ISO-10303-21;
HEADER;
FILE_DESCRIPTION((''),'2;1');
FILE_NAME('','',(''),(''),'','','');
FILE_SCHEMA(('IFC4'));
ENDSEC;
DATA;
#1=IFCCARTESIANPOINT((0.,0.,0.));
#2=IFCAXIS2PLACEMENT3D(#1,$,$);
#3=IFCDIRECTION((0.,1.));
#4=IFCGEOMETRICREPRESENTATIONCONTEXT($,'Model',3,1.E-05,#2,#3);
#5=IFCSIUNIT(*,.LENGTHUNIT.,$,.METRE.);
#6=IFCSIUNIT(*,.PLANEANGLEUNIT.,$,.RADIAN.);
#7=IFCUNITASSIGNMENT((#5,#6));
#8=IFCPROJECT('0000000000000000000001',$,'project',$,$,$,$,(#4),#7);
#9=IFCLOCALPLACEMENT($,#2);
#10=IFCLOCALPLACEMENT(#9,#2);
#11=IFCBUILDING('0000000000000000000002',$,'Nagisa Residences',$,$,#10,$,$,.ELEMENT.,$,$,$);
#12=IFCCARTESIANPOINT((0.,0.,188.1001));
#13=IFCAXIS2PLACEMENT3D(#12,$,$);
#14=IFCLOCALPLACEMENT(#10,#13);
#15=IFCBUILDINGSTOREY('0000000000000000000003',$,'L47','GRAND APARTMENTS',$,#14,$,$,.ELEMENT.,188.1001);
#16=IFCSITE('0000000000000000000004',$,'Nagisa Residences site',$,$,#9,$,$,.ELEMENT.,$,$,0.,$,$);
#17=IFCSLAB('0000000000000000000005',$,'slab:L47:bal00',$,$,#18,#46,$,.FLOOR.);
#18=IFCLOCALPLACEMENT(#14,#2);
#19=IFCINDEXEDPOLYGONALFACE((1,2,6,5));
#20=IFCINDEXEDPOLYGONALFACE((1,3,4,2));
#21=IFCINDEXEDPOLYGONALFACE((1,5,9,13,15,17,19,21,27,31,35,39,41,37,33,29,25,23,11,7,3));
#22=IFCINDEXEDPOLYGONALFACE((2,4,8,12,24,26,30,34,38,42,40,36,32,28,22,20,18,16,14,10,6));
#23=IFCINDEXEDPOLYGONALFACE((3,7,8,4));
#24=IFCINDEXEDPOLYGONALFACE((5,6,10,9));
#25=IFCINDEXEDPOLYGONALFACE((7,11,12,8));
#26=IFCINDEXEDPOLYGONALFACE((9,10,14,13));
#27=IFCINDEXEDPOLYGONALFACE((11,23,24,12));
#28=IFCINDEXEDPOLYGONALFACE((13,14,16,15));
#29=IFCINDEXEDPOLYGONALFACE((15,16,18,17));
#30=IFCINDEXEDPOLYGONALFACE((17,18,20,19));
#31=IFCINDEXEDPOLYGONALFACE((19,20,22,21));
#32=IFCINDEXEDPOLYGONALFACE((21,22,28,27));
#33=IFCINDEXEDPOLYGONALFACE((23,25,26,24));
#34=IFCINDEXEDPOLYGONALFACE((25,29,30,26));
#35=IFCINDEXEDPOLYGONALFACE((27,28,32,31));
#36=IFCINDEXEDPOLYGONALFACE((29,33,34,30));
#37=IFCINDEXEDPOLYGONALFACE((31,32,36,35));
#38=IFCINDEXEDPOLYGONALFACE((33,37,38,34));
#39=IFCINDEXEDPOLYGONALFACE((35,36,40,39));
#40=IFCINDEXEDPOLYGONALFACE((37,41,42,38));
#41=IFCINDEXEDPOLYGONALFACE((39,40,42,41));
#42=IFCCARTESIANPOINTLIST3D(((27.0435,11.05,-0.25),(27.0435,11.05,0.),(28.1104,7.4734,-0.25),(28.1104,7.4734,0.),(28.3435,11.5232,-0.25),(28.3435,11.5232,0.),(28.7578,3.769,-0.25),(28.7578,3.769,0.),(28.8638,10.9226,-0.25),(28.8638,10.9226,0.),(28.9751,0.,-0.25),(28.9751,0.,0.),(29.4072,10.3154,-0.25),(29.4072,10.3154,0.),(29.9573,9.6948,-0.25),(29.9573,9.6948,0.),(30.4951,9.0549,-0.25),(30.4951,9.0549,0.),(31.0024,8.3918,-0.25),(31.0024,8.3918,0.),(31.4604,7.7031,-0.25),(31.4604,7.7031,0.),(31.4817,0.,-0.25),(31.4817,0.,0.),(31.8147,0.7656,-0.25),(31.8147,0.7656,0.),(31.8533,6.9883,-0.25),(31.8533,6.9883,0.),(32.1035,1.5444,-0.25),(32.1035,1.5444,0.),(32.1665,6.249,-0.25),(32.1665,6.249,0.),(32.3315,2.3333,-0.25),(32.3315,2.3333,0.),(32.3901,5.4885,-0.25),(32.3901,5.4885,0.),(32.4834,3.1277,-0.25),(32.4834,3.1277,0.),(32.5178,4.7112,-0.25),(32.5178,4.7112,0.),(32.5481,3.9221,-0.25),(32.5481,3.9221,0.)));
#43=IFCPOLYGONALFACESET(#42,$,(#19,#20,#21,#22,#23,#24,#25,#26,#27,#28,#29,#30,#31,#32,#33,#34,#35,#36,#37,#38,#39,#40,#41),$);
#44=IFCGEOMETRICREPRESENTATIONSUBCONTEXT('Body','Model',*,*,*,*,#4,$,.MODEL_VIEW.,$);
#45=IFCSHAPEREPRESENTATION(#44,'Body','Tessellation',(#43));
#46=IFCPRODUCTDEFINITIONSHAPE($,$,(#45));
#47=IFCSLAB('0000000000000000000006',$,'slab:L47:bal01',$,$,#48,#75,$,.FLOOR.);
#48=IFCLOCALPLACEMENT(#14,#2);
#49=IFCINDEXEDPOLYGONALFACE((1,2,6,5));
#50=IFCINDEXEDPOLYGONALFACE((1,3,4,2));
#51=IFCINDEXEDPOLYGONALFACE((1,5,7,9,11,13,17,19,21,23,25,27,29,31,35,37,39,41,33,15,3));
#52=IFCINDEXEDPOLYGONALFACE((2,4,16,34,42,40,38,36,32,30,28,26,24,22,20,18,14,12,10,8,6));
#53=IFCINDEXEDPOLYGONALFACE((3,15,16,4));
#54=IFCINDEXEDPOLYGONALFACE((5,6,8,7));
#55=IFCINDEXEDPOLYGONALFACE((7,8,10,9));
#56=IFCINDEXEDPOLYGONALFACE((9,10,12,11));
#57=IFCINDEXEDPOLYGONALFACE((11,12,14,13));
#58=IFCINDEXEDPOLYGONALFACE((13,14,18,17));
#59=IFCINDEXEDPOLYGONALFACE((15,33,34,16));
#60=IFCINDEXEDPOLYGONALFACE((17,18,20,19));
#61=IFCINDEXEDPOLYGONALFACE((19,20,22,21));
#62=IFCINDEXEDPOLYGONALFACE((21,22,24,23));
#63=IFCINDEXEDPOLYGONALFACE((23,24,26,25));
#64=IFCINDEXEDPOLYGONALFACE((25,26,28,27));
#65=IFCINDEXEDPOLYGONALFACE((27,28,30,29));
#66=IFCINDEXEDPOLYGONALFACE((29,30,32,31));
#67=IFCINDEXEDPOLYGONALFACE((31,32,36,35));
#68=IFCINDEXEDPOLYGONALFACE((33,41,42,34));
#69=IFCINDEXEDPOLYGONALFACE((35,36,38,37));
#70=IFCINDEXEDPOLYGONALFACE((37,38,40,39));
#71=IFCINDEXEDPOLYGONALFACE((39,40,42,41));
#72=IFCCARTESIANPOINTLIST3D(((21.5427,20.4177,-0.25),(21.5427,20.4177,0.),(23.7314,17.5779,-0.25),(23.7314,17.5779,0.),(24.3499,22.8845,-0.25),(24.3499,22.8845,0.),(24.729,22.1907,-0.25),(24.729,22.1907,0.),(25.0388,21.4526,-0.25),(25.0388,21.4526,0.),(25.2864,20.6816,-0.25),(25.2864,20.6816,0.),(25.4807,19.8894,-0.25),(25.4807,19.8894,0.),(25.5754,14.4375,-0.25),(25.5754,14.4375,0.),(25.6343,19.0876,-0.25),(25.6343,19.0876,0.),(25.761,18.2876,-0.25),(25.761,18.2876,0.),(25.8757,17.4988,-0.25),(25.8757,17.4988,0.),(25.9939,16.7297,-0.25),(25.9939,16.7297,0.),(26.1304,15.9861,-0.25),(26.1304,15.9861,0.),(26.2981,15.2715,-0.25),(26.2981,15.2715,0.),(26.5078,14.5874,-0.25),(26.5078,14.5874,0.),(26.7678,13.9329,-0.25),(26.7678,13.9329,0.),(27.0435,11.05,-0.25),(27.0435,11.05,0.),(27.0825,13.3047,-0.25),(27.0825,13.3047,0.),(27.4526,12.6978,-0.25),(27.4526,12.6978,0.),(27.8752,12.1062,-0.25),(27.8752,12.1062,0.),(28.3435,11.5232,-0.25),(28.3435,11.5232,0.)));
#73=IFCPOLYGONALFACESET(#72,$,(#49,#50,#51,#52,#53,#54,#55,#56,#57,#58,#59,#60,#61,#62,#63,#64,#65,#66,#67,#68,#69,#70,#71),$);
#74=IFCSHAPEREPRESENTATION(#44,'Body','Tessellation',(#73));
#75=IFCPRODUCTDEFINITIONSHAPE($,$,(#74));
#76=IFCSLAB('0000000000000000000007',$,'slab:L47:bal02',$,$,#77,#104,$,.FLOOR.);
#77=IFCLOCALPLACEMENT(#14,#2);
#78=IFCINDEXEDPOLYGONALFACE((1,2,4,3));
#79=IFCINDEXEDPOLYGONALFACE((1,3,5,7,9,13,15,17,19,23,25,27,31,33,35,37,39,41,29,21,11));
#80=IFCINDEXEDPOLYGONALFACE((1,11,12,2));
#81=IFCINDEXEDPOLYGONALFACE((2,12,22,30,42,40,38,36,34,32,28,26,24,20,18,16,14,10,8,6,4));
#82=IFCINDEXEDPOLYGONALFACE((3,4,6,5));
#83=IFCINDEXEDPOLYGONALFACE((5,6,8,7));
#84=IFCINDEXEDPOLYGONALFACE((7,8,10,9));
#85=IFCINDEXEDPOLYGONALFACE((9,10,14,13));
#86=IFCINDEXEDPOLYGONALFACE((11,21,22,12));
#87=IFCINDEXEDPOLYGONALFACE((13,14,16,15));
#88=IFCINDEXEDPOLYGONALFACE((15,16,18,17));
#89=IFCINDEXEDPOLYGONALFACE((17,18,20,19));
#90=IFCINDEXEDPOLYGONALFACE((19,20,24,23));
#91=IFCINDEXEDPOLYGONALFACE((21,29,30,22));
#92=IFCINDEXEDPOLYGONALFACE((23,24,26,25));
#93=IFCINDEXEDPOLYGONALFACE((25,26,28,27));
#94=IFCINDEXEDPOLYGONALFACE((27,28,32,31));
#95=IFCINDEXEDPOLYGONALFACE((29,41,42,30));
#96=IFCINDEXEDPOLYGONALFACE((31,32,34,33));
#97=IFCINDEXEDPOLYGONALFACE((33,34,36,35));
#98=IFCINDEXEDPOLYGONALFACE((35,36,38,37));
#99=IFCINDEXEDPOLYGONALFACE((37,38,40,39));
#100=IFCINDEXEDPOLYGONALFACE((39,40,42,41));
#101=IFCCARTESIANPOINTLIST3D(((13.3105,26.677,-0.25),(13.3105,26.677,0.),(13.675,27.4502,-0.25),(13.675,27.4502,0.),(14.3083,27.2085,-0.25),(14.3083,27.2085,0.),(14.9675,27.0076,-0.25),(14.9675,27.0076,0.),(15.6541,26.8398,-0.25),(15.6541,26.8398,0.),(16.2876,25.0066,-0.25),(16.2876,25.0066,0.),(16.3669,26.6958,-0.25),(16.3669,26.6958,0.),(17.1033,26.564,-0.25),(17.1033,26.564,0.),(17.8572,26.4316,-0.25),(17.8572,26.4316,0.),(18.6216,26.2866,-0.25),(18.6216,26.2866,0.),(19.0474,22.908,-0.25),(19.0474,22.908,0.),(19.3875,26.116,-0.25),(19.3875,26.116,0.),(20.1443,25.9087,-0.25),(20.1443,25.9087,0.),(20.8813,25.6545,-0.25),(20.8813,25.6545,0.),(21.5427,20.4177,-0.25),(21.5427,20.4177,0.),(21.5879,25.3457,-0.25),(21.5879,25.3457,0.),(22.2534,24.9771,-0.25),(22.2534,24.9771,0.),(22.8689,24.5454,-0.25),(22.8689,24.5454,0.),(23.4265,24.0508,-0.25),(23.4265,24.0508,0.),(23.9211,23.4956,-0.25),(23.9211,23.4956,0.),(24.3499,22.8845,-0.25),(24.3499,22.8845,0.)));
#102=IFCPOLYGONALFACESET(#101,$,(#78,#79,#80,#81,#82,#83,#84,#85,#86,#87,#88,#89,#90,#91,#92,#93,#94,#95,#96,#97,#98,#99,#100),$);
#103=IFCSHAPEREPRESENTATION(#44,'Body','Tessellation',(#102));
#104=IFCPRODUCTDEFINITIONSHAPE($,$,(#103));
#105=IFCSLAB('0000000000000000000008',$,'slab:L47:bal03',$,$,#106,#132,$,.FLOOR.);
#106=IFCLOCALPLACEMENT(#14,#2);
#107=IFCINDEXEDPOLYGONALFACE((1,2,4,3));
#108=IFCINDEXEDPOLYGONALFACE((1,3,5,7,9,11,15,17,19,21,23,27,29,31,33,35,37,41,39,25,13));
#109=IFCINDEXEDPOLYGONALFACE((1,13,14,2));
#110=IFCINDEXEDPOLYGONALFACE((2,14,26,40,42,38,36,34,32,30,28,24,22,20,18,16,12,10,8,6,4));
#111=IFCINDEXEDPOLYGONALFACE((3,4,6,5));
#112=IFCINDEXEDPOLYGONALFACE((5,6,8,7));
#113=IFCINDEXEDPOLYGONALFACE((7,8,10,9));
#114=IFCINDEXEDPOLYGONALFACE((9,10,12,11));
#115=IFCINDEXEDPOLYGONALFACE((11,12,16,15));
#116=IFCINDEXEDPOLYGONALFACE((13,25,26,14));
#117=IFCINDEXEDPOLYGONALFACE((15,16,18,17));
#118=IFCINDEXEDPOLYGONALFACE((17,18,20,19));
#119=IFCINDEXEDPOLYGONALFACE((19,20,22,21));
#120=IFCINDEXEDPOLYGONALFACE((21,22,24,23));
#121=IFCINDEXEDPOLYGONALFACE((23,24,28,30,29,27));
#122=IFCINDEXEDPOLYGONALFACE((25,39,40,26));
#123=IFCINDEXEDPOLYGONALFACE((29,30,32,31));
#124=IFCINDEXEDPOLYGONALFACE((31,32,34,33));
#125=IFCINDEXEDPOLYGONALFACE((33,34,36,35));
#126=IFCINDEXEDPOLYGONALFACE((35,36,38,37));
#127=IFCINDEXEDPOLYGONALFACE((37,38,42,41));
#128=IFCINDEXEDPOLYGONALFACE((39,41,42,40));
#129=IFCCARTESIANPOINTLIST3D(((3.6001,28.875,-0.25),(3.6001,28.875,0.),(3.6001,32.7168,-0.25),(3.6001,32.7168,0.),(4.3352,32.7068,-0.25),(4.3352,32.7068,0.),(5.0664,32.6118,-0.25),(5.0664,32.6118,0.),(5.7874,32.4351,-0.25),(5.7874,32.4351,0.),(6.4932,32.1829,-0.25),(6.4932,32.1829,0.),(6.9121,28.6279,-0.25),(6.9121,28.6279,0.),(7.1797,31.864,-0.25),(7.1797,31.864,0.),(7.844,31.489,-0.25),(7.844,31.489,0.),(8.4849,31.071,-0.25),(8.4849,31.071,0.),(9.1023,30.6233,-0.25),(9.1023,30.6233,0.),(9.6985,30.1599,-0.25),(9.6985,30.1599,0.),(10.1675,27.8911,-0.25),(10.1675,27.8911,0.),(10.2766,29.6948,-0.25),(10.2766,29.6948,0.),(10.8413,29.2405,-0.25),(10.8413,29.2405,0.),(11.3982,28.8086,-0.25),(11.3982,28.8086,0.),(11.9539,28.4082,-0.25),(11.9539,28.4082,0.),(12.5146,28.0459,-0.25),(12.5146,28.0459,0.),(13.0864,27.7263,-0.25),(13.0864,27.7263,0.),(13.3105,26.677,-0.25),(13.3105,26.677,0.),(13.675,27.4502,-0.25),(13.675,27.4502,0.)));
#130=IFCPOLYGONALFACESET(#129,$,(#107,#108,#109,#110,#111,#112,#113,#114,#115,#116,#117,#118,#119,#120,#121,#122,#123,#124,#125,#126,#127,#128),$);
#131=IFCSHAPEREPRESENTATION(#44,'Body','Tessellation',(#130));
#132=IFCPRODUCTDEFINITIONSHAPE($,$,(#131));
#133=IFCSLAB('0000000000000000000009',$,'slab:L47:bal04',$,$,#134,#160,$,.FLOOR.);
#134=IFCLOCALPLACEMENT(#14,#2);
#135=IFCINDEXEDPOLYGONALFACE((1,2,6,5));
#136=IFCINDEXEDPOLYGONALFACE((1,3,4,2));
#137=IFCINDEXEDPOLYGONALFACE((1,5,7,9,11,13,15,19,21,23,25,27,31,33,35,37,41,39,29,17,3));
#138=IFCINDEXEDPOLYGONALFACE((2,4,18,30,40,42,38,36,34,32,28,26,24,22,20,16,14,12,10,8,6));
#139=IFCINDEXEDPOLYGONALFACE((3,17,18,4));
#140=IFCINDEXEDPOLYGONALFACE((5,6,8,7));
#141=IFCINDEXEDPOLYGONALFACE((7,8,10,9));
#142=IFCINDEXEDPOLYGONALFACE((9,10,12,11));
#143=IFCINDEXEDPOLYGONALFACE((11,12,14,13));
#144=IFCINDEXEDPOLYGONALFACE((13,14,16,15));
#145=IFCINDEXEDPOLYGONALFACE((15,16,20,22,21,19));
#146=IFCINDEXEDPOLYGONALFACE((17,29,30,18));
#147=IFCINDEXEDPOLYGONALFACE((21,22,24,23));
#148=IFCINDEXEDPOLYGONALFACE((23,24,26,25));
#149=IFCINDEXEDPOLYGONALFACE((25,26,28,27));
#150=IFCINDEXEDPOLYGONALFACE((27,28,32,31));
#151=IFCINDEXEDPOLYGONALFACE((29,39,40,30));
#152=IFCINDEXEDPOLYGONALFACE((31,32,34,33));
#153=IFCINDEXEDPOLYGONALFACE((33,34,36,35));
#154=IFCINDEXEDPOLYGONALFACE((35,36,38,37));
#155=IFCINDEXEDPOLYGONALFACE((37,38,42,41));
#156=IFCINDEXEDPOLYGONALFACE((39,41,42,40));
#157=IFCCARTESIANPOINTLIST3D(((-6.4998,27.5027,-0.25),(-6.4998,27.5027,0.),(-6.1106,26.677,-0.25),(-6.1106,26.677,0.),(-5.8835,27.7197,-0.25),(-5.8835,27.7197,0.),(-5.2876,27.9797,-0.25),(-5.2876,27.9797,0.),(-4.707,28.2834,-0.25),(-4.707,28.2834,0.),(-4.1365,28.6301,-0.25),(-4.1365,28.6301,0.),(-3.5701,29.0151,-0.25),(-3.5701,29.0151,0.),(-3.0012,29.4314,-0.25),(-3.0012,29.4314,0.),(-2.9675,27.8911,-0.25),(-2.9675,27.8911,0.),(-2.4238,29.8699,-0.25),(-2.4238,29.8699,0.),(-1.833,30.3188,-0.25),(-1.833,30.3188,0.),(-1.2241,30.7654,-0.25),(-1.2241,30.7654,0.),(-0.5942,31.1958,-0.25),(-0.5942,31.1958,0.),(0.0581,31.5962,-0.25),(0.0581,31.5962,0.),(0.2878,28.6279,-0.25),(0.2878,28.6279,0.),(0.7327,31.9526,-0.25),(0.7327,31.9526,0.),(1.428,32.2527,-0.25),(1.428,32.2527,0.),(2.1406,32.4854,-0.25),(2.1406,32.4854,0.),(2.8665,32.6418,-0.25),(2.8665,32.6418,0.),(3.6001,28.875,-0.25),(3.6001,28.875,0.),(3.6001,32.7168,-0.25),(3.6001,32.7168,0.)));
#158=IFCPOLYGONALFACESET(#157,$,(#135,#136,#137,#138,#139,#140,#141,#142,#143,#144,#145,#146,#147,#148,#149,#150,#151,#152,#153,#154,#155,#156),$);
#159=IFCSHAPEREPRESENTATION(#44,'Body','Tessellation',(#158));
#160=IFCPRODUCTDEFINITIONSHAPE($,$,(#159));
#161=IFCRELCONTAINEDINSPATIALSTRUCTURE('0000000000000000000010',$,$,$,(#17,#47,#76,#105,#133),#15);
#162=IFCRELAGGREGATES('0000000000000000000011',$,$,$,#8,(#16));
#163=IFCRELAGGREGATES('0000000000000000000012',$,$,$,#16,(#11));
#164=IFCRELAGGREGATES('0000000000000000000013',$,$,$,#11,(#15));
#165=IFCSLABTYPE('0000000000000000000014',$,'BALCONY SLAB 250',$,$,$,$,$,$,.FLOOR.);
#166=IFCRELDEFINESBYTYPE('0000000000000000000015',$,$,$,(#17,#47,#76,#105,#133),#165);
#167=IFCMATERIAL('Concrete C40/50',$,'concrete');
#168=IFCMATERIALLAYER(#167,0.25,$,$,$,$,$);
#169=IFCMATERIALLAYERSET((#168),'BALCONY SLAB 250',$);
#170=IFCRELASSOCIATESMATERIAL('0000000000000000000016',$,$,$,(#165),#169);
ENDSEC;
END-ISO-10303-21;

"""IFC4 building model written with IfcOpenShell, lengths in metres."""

from ifc_helpers import new_model, si_unit, direction, frame, origin, place, context, subcontext, project, spatial, polyline, outline, extrude, material, layer, layer_set, type_object, element, save


model = new_model("IFC4")

# Units and contexts
model_context = context("Model", 3, precision=1e-05, world=origin(), true_north=direction((0.0, 1.0)))
body_context = subcontext(model_context, "Body", "Model", "MODEL_VIEW")
ifc_project = project(units=[si_unit("LENGTHUNIT", "METRE"), si_unit("PLANEANGLEUNIT", "RADIAN")], contexts=[model_context])

# Site, building, storey
site_placement = place(None, origin())
site = spatial("IfcSite", under=ifc_project, at=site_placement, Name="Nagisa Residences site", CompositionType="ELEMENT", RefElevation=0.0)
building_placement = place(site_placement, origin())
building = spatial("IfcBuilding", under=site, at=building_placement, Name="Nagisa Residences", CompositionType="ELEMENT")
storey_placement = place(building_placement, frame((0.0, 0.0, 188.1001)))
storey = spatial("IfcBuildingStorey", under=building, at=storey_placement, Name="L47", Description="GRAND APARTMENTS", CompositionType="ELEMENT", Elevation=188.1001)

# Slabs
ifc_material_1 = material(Name="Concrete C40/50", Category="concrete")
ifc_layer_1 = layer(ifc_material_1, 0.25)
ifc_layer_set_1 = layer_set([ifc_layer_1], Name="BALCONY SLAB 250")
slab_type_1 = type_object("IfcSlabType", Name="BALCONY SLAB 250", PredefinedType="FLOOR", material=ifc_layer_set_1)
slab_1_placement = place(storey_placement, frame((0.0, 0.0, -0.25)))
element("IfcSlab", 1, at=slab_1_placement, inside=storey, type_object=slab_type_1, Name="slab:L47:bal00", PredefinedType="FLOOR", context=body_context, shape_type="SweptSolid", body=[
    extrude(outline(polyline([(31.4817, 0.0), (31.8147, 0.7656), (32.1035, 1.5444), (32.3315, 2.3333), (32.4834, 3.1277), (32.5481, 3.9221), (32.5178, 4.7112), (32.3901, 5.4885), (32.1665, 6.249), (31.8533, 6.9883), (31.4604, 7.7031), (31.0024, 8.3918), (30.4951, 9.0549), (29.9573, 9.6948), (29.4072, 10.3154), (28.8638, 10.9226), (28.3435, 11.5232), (27.0435, 11.05), (28.1104, 7.4734), (28.7578, 3.769), (28.9751, 0.0), (31.4817, 0.0)])), origin(), (0.0, 0.0, 1.0), 0.25),
])
slab_2_placement = place(storey_placement, frame((0.0, 0.0, -0.25)))
element("IfcSlab", 2, at=slab_2_placement, inside=storey, type_object=slab_type_1, Name="slab:L47:bal01", PredefinedType="FLOOR", context=body_context, shape_type="SweptSolid", body=[
    extrude(outline(polyline([(28.3435, 11.5232), (27.8752, 12.1062), (27.4526, 12.6978), (27.0825, 13.3047), (26.7678, 13.9329), (26.5078, 14.5874), (26.2981, 15.2715), (26.1304, 15.9861), (25.9939, 16.7297), (25.8757, 17.4988), (25.761, 18.2876), (25.6343, 19.0876), (25.4807, 19.8894), (25.2864, 20.6816), (25.0388, 21.4526), (24.729, 22.1907), (24.3499, 22.8845), (21.5427, 20.4177), (23.7314, 17.5779), (25.5754, 14.4375), (27.0435, 11.05), (28.3435, 11.5232)])), origin(), (0.0, 0.0, 1.0), 0.25),
])
slab_3_placement = place(storey_placement, frame((0.0, 0.0, -0.25)))
element("IfcSlab", 3, at=slab_3_placement, inside=storey, type_object=slab_type_1, Name="slab:L47:bal02", PredefinedType="FLOOR", context=body_context, shape_type="SweptSolid", body=[
    extrude(outline(polyline([(24.3499, 22.8845), (23.9211, 23.4956), (23.4265, 24.0508), (22.8689, 24.5454), (22.2534, 24.9771), (21.5879, 25.3457), (20.8813, 25.6545), (20.1443, 25.9087), (19.3875, 26.116), (18.6216, 26.2866), (17.8572, 26.4316), (17.1033, 26.564), (16.3669, 26.6958), (15.6541, 26.8398), (14.9675, 27.0076), (14.3083, 27.2085), (13.675, 27.4502), (13.3105, 26.677), (16.2876, 25.0066), (19.0474, 22.908), (21.5427, 20.4177), (24.3499, 22.8845)])), origin(), (0.0, 0.0, 1.0), 0.25),
])
slab_4_placement = place(storey_placement, frame((0.0, 0.0, -0.25)))
element("IfcSlab", 4, at=slab_4_placement, inside=storey, type_object=slab_type_1, Name="slab:L47:bal03", PredefinedType="FLOOR", context=body_context, shape_type="SweptSolid", body=[
    extrude(outline(polyline([(13.675, 27.4502), (13.0864, 27.7263), (12.5146, 28.0459), (11.9539, 28.4082), (11.3982, 28.8086), (10.8413, 29.2405), (10.2766, 29.6948), (9.6985, 30.1599), (9.1023, 30.6233), (8.4849, 31.071), (7.844, 31.489), (7.1797, 31.864), (6.4932, 32.1829), (5.7874, 32.4351), (5.0664, 32.6118), (4.3352, 32.7068), (3.6001, 32.7168), (3.6001, 28.875), (6.9121, 28.6279), (10.1675, 27.8911), (13.3105, 26.677), (13.675, 27.4502)])), origin(), (0.0, 0.0, 1.0), 0.25),
])
slab_5_placement = place(storey_placement, frame((0.0, 0.0, -0.25)))
element("IfcSlab", 5, at=slab_5_placement, inside=storey, type_object=slab_type_1, Name="slab:L47:bal04", PredefinedType="FLOOR", context=body_context, shape_type="SweptSolid", body=[
    extrude(outline(polyline([(3.6001, 32.7168), (2.8665, 32.6418), (2.1406, 32.4854), (1.428, 32.2527), (0.7327, 31.9526), (0.0581, 31.5962), (-0.5942, 31.1958), (-1.2241, 30.7654), (-1.833, 30.3188), (-2.4238, 29.8699), (-3.0012, 29.4314), (-3.5701, 29.0151), (-4.1365, 28.6301), (-4.707, 28.2834), (-5.2876, 27.9797), (-5.8835, 27.7197), (-6.4998, 27.5027), (-6.1106, 26.677), (-2.9675, 27.8911), (0.2878, 28.6279), (3.6001, 28.875), (3.6001, 32.7168)])), origin(), (0.0, 0.0, 1.0), 0.25),
])

save(model, "model.ifc")
